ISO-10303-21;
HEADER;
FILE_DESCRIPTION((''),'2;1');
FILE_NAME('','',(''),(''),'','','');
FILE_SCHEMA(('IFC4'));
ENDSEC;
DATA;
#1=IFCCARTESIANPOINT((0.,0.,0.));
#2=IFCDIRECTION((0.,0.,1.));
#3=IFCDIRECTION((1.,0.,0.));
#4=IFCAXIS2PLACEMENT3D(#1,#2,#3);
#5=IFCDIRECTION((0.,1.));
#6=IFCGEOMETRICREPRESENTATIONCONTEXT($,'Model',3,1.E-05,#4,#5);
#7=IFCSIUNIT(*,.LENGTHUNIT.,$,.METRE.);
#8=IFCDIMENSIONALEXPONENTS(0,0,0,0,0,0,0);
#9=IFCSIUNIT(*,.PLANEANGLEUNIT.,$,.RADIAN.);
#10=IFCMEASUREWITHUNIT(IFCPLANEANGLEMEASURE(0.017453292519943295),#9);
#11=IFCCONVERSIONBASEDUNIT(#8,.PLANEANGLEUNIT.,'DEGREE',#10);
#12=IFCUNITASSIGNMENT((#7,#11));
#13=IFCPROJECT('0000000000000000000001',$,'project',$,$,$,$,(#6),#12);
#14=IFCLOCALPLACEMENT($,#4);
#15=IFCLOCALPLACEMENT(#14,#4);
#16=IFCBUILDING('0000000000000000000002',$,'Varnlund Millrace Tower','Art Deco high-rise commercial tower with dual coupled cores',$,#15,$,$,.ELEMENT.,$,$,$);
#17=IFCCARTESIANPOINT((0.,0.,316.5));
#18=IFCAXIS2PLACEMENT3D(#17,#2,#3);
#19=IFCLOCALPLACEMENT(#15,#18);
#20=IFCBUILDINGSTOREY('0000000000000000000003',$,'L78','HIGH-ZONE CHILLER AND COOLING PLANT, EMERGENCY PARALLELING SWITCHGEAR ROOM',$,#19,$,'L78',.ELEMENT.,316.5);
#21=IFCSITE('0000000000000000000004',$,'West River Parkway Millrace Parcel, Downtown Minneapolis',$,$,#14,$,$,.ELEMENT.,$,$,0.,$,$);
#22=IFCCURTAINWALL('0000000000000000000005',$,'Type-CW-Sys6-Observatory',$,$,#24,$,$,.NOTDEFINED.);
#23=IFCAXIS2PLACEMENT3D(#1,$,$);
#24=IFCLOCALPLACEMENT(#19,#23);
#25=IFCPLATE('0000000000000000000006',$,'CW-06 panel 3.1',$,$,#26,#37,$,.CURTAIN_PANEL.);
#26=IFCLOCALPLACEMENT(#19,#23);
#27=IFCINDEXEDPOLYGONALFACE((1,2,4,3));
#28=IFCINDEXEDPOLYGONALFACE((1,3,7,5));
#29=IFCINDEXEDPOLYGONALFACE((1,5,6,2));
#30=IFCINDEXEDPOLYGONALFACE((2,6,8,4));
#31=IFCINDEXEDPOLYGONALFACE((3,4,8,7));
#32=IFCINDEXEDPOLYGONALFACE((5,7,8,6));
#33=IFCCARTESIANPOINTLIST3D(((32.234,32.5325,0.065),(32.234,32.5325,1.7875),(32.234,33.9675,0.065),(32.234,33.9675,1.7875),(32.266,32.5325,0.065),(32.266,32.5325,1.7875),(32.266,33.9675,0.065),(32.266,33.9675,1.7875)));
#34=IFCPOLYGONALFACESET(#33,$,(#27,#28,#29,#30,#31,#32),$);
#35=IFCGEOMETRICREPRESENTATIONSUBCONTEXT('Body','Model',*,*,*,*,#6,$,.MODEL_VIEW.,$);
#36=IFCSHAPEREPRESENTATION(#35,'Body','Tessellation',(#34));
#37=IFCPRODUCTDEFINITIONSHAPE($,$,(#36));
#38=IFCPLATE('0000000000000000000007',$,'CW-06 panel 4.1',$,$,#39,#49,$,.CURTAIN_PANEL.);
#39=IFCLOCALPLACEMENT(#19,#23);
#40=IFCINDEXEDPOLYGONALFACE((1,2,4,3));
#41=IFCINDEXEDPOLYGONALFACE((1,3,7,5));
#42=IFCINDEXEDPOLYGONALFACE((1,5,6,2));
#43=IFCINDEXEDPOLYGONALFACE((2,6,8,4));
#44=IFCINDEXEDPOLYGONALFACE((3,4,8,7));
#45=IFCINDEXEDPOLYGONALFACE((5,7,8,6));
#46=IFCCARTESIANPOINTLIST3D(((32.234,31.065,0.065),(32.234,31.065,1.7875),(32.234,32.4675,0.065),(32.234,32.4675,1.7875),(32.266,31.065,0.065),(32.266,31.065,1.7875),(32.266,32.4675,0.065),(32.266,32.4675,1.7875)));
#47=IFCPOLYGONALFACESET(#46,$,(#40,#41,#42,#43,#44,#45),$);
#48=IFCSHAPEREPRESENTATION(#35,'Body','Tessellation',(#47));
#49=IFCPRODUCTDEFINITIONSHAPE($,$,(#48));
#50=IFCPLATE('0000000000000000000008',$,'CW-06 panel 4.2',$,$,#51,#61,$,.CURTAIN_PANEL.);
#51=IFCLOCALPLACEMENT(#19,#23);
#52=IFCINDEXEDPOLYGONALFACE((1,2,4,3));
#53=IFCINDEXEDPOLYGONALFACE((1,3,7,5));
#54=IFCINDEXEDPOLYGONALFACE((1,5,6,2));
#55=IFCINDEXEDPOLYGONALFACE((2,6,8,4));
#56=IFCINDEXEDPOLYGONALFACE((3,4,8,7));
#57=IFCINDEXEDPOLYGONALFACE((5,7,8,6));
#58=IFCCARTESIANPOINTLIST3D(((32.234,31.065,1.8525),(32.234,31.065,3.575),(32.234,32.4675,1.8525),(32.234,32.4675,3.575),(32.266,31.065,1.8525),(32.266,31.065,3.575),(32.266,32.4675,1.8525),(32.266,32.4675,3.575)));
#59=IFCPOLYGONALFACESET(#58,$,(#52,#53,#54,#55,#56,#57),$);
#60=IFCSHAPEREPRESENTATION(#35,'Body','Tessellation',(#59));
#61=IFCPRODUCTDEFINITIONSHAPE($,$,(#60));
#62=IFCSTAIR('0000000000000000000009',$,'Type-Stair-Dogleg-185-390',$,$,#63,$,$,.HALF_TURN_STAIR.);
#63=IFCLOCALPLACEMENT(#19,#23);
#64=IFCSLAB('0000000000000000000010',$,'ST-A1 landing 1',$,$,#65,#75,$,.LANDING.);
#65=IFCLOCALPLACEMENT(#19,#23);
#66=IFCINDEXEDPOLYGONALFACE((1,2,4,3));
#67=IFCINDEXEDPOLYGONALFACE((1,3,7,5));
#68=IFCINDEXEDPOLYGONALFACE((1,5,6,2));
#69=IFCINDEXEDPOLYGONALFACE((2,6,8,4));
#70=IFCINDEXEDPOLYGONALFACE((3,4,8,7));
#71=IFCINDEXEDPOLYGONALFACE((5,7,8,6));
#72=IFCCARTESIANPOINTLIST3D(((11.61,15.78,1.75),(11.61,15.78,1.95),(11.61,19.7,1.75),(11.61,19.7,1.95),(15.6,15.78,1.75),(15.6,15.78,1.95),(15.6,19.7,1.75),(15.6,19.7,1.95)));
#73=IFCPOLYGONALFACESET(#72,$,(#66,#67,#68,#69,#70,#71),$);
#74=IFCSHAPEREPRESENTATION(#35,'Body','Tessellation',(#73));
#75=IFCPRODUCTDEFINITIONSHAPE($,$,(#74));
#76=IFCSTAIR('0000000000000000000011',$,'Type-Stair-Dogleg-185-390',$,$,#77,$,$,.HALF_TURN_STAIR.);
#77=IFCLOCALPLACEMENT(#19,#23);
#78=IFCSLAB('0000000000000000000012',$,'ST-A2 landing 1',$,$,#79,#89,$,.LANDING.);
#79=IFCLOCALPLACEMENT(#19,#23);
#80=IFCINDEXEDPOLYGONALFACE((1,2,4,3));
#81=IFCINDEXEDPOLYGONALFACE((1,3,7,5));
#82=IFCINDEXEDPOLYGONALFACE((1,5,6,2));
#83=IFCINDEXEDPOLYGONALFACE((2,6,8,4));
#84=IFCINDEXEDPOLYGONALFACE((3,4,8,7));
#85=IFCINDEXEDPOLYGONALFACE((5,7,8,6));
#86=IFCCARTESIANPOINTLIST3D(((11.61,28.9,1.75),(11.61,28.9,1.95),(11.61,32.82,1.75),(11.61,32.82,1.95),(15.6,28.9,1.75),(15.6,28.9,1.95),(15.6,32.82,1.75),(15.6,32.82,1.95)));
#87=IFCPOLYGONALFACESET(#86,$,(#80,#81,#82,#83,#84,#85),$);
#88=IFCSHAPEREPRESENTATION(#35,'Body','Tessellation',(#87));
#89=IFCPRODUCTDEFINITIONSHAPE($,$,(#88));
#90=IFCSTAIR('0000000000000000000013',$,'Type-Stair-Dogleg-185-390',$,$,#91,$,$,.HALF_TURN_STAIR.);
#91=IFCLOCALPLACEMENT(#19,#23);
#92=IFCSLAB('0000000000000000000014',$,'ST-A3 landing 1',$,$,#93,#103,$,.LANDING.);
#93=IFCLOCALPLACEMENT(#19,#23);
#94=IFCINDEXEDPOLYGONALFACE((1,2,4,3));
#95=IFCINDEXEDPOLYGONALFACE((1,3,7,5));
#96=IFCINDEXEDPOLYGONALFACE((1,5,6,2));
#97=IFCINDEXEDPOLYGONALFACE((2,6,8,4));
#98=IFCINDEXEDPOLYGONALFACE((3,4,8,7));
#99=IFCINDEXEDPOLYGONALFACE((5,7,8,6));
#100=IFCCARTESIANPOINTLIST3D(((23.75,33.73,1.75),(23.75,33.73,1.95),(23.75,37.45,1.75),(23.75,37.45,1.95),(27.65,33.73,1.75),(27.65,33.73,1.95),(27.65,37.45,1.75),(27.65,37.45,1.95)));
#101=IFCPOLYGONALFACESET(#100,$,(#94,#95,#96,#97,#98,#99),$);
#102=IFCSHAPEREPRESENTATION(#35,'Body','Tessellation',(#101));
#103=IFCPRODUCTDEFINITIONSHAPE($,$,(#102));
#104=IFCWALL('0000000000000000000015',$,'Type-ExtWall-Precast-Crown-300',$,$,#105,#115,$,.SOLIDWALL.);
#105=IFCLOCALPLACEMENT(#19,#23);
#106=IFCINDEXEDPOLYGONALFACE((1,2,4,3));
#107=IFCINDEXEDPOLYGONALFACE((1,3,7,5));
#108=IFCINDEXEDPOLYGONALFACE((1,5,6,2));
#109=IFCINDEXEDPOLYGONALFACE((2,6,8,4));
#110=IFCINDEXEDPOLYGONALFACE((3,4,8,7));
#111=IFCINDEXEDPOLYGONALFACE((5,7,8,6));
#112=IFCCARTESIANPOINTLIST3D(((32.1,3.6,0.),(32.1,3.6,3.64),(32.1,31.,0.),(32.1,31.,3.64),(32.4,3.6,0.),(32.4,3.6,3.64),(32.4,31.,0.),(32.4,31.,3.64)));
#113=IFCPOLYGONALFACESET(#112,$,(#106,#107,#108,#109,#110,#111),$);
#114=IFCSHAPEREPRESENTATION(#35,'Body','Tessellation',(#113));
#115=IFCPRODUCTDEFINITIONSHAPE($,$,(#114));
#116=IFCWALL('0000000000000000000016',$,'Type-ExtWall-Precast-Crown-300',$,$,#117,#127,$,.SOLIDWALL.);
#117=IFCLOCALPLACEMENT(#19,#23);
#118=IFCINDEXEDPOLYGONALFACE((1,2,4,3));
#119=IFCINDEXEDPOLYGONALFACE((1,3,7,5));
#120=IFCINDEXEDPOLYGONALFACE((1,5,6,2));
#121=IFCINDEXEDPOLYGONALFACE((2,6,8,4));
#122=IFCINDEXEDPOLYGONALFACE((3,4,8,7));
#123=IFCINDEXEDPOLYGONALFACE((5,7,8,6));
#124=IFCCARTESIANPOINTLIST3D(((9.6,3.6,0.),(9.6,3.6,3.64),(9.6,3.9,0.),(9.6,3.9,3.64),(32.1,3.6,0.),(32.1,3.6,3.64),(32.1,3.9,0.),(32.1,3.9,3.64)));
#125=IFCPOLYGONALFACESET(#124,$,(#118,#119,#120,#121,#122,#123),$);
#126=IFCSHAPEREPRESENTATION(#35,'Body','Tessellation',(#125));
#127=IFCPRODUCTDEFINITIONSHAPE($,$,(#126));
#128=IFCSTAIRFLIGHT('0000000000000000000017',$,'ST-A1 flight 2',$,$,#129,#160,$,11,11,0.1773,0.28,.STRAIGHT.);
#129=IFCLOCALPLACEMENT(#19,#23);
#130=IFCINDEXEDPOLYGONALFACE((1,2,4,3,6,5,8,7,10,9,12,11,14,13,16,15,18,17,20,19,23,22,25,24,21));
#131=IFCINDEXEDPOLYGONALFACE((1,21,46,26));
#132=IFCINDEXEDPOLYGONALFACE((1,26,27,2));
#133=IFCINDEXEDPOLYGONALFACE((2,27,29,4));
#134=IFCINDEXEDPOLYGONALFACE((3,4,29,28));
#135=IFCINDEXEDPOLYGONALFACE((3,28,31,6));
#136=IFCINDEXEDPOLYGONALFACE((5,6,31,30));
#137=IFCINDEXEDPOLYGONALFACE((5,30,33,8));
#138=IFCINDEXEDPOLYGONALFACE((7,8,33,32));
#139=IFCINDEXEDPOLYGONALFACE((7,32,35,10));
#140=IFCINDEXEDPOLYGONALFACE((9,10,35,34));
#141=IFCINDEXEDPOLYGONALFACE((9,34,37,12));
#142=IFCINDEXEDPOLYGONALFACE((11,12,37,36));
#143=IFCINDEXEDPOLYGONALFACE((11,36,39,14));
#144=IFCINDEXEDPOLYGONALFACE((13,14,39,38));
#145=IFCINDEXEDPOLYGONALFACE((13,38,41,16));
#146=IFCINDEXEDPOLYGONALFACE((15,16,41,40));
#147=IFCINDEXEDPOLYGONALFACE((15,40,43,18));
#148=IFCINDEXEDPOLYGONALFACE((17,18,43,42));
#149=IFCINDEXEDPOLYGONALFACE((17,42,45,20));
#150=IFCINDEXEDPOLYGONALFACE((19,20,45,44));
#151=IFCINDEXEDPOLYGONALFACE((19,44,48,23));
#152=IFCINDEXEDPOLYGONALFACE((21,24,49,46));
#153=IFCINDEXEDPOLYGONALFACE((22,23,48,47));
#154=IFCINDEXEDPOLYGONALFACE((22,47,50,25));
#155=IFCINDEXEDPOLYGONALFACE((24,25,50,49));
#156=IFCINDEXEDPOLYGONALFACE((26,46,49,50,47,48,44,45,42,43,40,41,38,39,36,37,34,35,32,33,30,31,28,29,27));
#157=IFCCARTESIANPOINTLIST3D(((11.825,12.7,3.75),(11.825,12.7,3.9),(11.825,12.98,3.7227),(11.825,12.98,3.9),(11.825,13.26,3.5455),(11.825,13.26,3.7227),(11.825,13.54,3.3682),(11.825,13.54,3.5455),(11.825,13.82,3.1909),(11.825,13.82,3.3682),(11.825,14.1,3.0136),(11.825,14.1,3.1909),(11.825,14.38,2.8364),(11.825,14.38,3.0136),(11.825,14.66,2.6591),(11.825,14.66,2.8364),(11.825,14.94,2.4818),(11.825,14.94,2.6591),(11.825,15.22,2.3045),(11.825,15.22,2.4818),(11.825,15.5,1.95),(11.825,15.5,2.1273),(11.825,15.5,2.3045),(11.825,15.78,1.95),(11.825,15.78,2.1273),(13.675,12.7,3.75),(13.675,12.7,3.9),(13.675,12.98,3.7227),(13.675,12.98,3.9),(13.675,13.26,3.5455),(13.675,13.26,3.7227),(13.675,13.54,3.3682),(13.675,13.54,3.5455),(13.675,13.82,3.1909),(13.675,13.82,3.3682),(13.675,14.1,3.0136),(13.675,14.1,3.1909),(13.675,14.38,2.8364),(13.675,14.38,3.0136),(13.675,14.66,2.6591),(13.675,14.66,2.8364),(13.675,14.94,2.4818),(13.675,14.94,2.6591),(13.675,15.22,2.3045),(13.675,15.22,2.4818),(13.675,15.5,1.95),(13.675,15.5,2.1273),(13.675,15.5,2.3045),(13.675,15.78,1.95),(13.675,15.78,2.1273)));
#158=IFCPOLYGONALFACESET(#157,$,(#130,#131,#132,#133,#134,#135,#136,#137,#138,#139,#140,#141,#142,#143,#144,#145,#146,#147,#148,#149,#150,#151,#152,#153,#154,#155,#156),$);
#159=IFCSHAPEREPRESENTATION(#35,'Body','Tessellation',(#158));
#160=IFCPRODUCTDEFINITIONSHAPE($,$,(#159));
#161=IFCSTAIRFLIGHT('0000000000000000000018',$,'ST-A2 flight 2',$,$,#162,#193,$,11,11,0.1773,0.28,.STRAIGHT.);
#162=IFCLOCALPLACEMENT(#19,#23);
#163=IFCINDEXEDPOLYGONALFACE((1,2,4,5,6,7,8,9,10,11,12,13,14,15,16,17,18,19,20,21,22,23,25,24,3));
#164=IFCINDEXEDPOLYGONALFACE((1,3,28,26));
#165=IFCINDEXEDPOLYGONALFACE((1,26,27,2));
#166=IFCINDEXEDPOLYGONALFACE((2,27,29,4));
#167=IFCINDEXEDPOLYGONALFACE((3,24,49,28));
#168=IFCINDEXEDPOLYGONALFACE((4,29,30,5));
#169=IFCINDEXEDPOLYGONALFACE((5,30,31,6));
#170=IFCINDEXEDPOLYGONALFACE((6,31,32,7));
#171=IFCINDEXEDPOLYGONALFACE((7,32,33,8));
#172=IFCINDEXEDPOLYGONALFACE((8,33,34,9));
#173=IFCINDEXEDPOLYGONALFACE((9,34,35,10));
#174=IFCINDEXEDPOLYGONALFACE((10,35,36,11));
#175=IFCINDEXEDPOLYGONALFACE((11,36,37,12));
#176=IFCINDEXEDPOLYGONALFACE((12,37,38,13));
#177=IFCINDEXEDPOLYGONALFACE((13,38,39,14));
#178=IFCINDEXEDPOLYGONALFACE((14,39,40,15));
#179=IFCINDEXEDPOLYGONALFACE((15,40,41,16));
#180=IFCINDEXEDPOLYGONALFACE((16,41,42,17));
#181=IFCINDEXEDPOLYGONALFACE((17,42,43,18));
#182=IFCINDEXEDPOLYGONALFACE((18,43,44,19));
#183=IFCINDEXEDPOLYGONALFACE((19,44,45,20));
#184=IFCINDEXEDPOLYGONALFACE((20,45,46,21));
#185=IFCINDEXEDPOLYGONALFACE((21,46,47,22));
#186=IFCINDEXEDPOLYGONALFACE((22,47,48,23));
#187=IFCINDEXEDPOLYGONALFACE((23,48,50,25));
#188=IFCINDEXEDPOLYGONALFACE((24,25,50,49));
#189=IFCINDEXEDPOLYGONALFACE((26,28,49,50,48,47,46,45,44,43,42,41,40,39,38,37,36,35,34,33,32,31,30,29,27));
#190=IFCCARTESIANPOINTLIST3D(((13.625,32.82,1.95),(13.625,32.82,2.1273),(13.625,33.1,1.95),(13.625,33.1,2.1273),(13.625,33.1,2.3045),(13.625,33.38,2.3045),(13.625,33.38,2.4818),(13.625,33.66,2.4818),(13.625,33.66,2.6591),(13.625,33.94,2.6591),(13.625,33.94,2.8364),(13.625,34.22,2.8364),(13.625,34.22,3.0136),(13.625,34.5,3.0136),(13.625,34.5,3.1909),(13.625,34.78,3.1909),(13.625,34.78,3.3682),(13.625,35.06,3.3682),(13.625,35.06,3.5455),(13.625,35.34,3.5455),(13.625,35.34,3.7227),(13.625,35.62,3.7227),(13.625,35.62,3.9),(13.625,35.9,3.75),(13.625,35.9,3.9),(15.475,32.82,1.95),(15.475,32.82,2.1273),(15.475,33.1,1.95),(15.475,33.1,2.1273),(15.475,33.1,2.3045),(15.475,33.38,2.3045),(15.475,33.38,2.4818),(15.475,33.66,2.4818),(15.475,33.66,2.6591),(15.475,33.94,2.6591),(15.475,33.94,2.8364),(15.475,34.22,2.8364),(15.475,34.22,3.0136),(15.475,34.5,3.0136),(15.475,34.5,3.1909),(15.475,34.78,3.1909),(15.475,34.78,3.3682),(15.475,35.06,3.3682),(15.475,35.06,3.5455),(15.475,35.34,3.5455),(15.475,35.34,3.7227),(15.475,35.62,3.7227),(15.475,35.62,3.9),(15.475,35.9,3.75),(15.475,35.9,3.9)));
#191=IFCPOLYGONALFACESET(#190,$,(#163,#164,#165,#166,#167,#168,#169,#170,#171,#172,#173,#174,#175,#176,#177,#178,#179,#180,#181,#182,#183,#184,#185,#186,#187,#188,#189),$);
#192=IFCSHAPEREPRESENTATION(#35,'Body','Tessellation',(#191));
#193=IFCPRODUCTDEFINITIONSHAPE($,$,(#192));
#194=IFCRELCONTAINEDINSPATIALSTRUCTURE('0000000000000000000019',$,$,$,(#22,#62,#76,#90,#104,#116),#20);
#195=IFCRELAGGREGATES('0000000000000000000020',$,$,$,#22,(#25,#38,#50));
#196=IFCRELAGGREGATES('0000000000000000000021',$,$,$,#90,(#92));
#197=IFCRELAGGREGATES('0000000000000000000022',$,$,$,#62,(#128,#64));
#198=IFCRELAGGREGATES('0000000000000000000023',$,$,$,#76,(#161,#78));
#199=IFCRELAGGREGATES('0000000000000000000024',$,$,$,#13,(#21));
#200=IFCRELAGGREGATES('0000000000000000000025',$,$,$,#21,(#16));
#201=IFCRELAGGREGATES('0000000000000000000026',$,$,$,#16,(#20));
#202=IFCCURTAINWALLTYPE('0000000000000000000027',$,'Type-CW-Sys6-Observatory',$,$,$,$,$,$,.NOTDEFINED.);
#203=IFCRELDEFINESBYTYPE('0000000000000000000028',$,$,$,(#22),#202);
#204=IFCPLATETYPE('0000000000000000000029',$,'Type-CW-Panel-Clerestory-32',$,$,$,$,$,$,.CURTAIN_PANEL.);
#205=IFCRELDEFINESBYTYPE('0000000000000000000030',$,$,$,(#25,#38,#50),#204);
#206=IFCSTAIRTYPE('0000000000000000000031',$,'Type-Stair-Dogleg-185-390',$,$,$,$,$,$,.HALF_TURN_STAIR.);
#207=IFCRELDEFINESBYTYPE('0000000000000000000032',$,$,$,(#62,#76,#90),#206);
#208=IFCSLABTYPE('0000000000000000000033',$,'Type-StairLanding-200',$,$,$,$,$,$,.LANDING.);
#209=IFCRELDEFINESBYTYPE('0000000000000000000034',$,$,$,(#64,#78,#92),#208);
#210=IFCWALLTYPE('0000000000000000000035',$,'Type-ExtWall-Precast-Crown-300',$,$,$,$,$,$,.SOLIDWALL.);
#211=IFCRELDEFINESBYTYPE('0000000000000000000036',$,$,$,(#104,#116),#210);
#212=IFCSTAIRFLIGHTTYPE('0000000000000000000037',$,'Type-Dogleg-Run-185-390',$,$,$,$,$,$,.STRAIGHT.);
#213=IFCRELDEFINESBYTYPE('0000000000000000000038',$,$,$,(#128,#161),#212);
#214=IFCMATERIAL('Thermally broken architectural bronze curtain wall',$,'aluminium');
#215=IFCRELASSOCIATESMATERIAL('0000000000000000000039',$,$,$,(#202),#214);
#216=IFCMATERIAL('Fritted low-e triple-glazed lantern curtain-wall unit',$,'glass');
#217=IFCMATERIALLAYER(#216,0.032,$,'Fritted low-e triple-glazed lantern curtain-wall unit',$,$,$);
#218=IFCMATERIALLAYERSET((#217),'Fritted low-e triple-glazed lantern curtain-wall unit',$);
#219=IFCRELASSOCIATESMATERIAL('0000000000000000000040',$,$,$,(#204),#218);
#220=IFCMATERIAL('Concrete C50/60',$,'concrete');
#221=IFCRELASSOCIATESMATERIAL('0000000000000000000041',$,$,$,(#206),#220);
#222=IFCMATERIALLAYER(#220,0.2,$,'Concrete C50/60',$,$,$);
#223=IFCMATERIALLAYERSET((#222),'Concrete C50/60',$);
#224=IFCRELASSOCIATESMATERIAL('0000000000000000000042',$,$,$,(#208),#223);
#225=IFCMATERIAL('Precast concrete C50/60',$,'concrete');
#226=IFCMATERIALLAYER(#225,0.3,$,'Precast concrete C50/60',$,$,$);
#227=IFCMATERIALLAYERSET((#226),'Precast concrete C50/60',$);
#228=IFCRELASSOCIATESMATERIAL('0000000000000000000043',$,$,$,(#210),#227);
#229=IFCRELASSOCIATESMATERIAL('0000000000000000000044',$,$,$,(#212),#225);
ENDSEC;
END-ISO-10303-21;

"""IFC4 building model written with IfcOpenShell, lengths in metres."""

from ifc_helpers import new_model, entity, si_unit, converted_unit, direction, frame, origin_with_axes, origin_2d_with_axis, place, context, subcontext, project, spatial, polyline, rectangle, outline, extrude, material, layer, layer_set, type_object, element, aggregate, save


model = new_model("IFC4")

# Units and contexts
model_context = context("Model", 3, precision=1e-05, world=origin_with_axes(), true_north=direction((0.0, 1.0)))
body_context = subcontext(model_context, "Body", "Model", "MODEL_VIEW")
ifc_project = project(units=[si_unit("LENGTHUNIT", "METRE"), converted_unit("PLANEANGLEUNIT", "DEGREE", entity("IfcPlaneAngleMeasure", 0.017453292519943295), si_unit("PLANEANGLEUNIT", "RADIAN"), dimensions=[0, 0, 0, 0, 0, 0, 0])], contexts=[model_context])

# Site, building, storey
site_placement = place(None, origin_with_axes())
site = spatial("IfcSite", under=ifc_project, at=site_placement, Name="West River Parkway Millrace Parcel, Downtown Minneapolis", CompositionType="ELEMENT", RefElevation=0.0)
building_placement = place(site_placement, origin_with_axes())
building = spatial("IfcBuilding", under=site, at=building_placement, Name="Varnlund Millrace Tower", Description="Art Deco high-rise commercial tower with dual coupled cores", CompositionType="ELEMENT")
storey_placement = place(building_placement, frame((0.0, 0.0, 316.5), z_axis=(0.0, 0.0, 1.0), x_axis=(1.0, 0.0, 0.0)))
storey = spatial("IfcBuildingStorey", under=building, at=storey_placement, Name="L78", Description="HIGH-ZONE CHILLER AND COOLING PLANT, EMERGENCY PARALLELING SWITCHGEAR ROOM", LongName="L78", CompositionType="ELEMENT", Elevation=316.5)

# Curtain wall
ifc_material_1 = material(Name="Thermally broken architectural bronze curtain wall", Category="aluminium")
curtain_wall_type = type_object("IfcCurtainWallType", Name="Type-CW-Sys6-Observatory", PredefinedType="NOTDEFINED", material=ifc_material_1)
curtain_wall_placement = place(storey_placement, frame((32.25, 37.0, 0.0), z_axis=(0.0, 0.0, 1.0), x_axis=(1.0, 0.0, 0.0)))
curtain_wall = element("IfcCurtainWall", 1, at=curtain_wall_placement, inside=storey, type_object=curtain_wall_type, Name="Type-CW-Sys6-Observatory", PredefinedType="NOTDEFINED")

# Plates
ifc_material_2 = material(Name="Fritted low-e triple-glazed lantern curtain-wall unit", Category="glass")
ifc_layer_1 = layer(ifc_material_2, 0.032, Name="Fritted low-e triple-glazed lantern curtain-wall unit")
ifc_layer_set_1 = layer_set([ifc_layer_1], Name="Fritted low-e triple-glazed lantern curtain-wall unit")
plate_type = type_object("IfcPlateType", Name="Type-CW-Panel-Clerestory-32", PredefinedType="CURTAIN_PANEL", material=ifc_layer_set_1)
plate_1_placement = place(storey_placement, frame((32.25, 33.25, 0.065), z_axis=(0.0, 0.0, 1.0), x_axis=(0.0, -1.0, 0.0)))
plate_1 = element("IfcPlate", 2, at=plate_1_placement, type_object=plate_type, Name="CW-06 panel 3.1", PredefinedType="CURTAIN_PANEL", context=body_context, shape_type="SweptSolid", body=[
    extrude(rectangle(XDim=1.435, YDim=0.032, at=origin_2d_with_axis()), origin_with_axes(), (0.0, 0.0, 1.0), 1.7225),
])
plate_2_placement = place(storey_placement, frame((32.25, 31.7662, 0.065), z_axis=(0.0, 0.0, 1.0), x_axis=(0.0, -1.0, 0.0)))
plate_2 = element("IfcPlate", 3, at=plate_2_placement, type_object=plate_type, Name="CW-06 panel 4.1", PredefinedType="CURTAIN_PANEL", context=body_context, shape_type="SweptSolid", body=[
    extrude(rectangle(XDim=1.4025, YDim=0.032, at=origin_2d_with_axis()), origin_with_axes(), (0.0, 0.0, 1.0), 1.7225),
])
plate_3_placement = place(storey_placement, frame((32.25, 31.7662, 1.8525), z_axis=(0.0, 0.0, 1.0), x_axis=(0.0, -1.0, 0.0)))
plate_3 = element("IfcPlate", 4, at=plate_3_placement, type_object=plate_type, Name="CW-06 panel 4.2", PredefinedType="CURTAIN_PANEL", context=body_context, shape_type="SweptSolid", body=[
    extrude(rectangle(XDim=1.4025, YDim=0.032, at=origin_2d_with_axis()), origin_with_axes(), (0.0, 0.0, 1.0), 1.7225),
])
aggregate(curtain_wall, [plate_1, plate_2, plate_3])

# Stairs, slabs
ifc_material_3 = material(Name="Concrete C50/60", Category="concrete")
stair_type = type_object("IfcStairType", Name="Type-Stair-Dogleg-185-390", PredefinedType="HALF_TURN_STAIR", material=ifc_material_3)
stair_1_placement = place(storey_placement, origin_with_axes())
stair_1 = element("IfcStair", 5, at=stair_1_placement, inside=storey, type_object=stair_type, Name="Type-Stair-Dogleg-185-390", PredefinedType="HALF_TURN_STAIR")
ifc_layer_2 = layer(ifc_material_3, 0.2, Name="Concrete C50/60")
ifc_layer_set_2 = layer_set([ifc_layer_2], Name="Concrete C50/60")
slab_type = type_object("IfcSlabType", Name="Type-StairLanding-200", PredefinedType="LANDING", material=ifc_layer_set_2)
slab_1_placement = place(storey_placement, frame((0.0, 0.0, 1.75), z_axis=(0.0, 0.0, 1.0), x_axis=(1.0, 0.0, 0.0)))
slab_1 = element("IfcSlab", 6, at=slab_1_placement, type_object=slab_type, Name="ST-A1 landing 1", PredefinedType="LANDING", context=body_context, shape_type="SweptSolid", body=[
    extrude(outline(polyline([(15.6, 15.78), (15.6, 19.7), (11.61, 19.7), (11.61, 15.78), (15.6, 15.78)])), origin_with_axes(), (0.0, 0.0, 1.0), 0.2),
])
stair_2_placement = place(storey_placement, origin_with_axes())
stair_2 = element("IfcStair", 7, at=stair_2_placement, inside=storey, type_object=stair_type, Name="Type-Stair-Dogleg-185-390", PredefinedType="HALF_TURN_STAIR")
slab_2_placement = place(storey_placement, frame((0.0, 0.0, 1.75), z_axis=(0.0, 0.0, 1.0), x_axis=(1.0, 0.0, 0.0)))
slab_2 = element("IfcSlab", 8, at=slab_2_placement, type_object=slab_type, Name="ST-A2 landing 1", PredefinedType="LANDING", context=body_context, shape_type="SweptSolid", body=[
    extrude(outline(polyline([(11.61, 32.82), (11.61, 28.9), (15.6, 28.9), (15.6, 32.82), (11.61, 32.82)])), origin_with_axes(), (0.0, 0.0, 1.0), 0.2),
])
stair_3_placement = place(storey_placement, origin_with_axes())
stair_3 = element("IfcStair", 9, at=stair_3_placement, inside=storey, type_object=stair_type, Name="Type-Stair-Dogleg-185-390", PredefinedType="HALF_TURN_STAIR")
slab_3_placement = place(storey_placement, frame((0.0, 0.0, 1.75), z_axis=(0.0, 0.0, 1.0), x_axis=(1.0, 0.0, 0.0)))
slab_3 = element("IfcSlab", 10, at=slab_3_placement, type_object=slab_type, Name="ST-A3 landing 1", PredefinedType="LANDING", context=body_context, shape_type="SweptSolid", body=[
    extrude(outline(polyline([(27.65, 33.73), (27.65, 37.45), (23.75, 37.45), (23.75, 33.73), (27.65, 33.73)])), origin_with_axes(), (0.0, 0.0, 1.0), 0.2),
])
aggregate(stair_3, [slab_3])

# Walls
ifc_material_4 = material(Name="Precast concrete C50/60", Category="concrete")
ifc_layer_3 = layer(ifc_material_4, 0.3, Name="Precast concrete C50/60")
ifc_layer_set_3 = layer_set([ifc_layer_3], Name="Precast concrete C50/60")
wall_type = type_object("IfcWallType", Name="Type-ExtWall-Precast-Crown-300", PredefinedType="SOLIDWALL", material=ifc_layer_set_3)
wall_1_placement = place(storey_placement, frame((32.25, 31.0, 0.0), z_axis=(0.0, 0.0, 1.0), x_axis=(0.0, -1.0, 0.0)))
element("IfcWall", 11, at=wall_1_placement, inside=storey, type_object=wall_type, Name="Type-ExtWall-Precast-Crown-300", PredefinedType="SOLIDWALL", context=body_context, shape_type="SweptSolid", body=[
    extrude(outline(polyline([(0.0, -0.15), (27.4, -0.15), (27.4, 0.15), (0.0, 0.15), (0.0, -0.15)])), origin_with_axes(), (0.0, 0.0, 1.0), 3.64),
])
wall_2_placement = place(storey_placement, frame((32.1, 3.75, 0.0), z_axis=(0.0, 0.0, 1.0), x_axis=(-1.0, 0.0, 0.0)))
element("IfcWall", 12, at=wall_2_placement, inside=storey, type_object=wall_type, Name="Type-ExtWall-Precast-Crown-300", PredefinedType="SOLIDWALL", context=body_context, shape_type="SweptSolid", body=[
    extrude(outline(polyline([(0.0, -0.15), (22.5, -0.15), (22.5, 0.15), (0.0, 0.15), (0.0, -0.15)])), origin_with_axes(), (0.0, 0.0, 1.0), 3.64),
])

# Stair flights
stair_flight_type = type_object("IfcStairFlightType", Name="Type-Dogleg-Run-185-390", PredefinedType="STRAIGHT", material=ifc_material_4)
stair_flight_1_placement = place(storey_placement, frame((13.675, 15.78, 1.95), z_axis=(-1.0, 0.0, 0.0), x_axis=(0.0, -1.0, 0.0)))
stair_flight_1 = element("IfcStairFlight", 13, at=stair_flight_1_placement, type_object=stair_flight_type, Name="ST-A1 flight 2", NumberOfRisers=11, NumberOfTreads=11, PredefinedType="STRAIGHT", RiserHeight=0.1773, TreadLength=0.28, context=body_context, shape_type="SweptSolid", body=[
    extrude(outline(polyline([(0.0, 0.0), (0.0, 0.1773), (0.28, 0.1773), (0.28, 0.3545), (0.56, 0.3545), (0.56, 0.5318), (0.84, 0.5318), (0.84, 0.7091), (1.12, 0.7091), (1.12, 0.8864), (1.4, 0.8864), (1.4, 1.0636), (1.68, 1.0636), (1.68, 1.2409), (1.96, 1.2409), (1.96, 1.4182), (2.24, 1.4182), (2.24, 1.5955), (2.52, 1.5955), (2.52, 1.7727), (2.8, 1.7727), (2.8, 1.95), (3.08, 1.95), (3.08, 1.8), (0.28, 0.0), (0.0, 0.0)])), origin_with_axes(), (0.0, 0.0, 1.0), 1.85),
])
aggregate(stair_1, [stair_flight_1, slab_1])
stair_flight_2_placement = place(storey_placement, frame((13.625, 32.82, 1.95), z_axis=(1.0, 0.0, 0.0), x_axis=(0.0, 1.0, 0.0)))
stair_flight_2 = element("IfcStairFlight", 14, at=stair_flight_2_placement, type_object=stair_flight_type, Name="ST-A2 flight 2", NumberOfRisers=11, NumberOfTreads=11, PredefinedType="STRAIGHT", RiserHeight=0.1773, TreadLength=0.28, context=body_context, shape_type="SweptSolid", body=[
    extrude(outline(polyline([(0.0, 0.0), (0.0, 0.1773), (0.28, 0.1773), (0.28, 0.3545), (0.56, 0.3545), (0.56, 0.5318), (0.84, 0.5318), (0.84, 0.7091), (1.12, 0.7091), (1.12, 0.8864), (1.4, 0.8864), (1.4, 1.0636), (1.68, 1.0636), (1.68, 1.2409), (1.96, 1.2409), (1.96, 1.4182), (2.24, 1.4182), (2.24, 1.5955), (2.52, 1.5955), (2.52, 1.7727), (2.8, 1.7727), (2.8, 1.95), (3.08, 1.95), (3.08, 1.8), (0.28, 0.0), (0.0, 0.0)])), origin_with_axes(), (0.0, 0.0, 1.0), 1.85),
])
aggregate(stair_2, [stair_flight_2, slab_2])

save(model, "model.ifc")
